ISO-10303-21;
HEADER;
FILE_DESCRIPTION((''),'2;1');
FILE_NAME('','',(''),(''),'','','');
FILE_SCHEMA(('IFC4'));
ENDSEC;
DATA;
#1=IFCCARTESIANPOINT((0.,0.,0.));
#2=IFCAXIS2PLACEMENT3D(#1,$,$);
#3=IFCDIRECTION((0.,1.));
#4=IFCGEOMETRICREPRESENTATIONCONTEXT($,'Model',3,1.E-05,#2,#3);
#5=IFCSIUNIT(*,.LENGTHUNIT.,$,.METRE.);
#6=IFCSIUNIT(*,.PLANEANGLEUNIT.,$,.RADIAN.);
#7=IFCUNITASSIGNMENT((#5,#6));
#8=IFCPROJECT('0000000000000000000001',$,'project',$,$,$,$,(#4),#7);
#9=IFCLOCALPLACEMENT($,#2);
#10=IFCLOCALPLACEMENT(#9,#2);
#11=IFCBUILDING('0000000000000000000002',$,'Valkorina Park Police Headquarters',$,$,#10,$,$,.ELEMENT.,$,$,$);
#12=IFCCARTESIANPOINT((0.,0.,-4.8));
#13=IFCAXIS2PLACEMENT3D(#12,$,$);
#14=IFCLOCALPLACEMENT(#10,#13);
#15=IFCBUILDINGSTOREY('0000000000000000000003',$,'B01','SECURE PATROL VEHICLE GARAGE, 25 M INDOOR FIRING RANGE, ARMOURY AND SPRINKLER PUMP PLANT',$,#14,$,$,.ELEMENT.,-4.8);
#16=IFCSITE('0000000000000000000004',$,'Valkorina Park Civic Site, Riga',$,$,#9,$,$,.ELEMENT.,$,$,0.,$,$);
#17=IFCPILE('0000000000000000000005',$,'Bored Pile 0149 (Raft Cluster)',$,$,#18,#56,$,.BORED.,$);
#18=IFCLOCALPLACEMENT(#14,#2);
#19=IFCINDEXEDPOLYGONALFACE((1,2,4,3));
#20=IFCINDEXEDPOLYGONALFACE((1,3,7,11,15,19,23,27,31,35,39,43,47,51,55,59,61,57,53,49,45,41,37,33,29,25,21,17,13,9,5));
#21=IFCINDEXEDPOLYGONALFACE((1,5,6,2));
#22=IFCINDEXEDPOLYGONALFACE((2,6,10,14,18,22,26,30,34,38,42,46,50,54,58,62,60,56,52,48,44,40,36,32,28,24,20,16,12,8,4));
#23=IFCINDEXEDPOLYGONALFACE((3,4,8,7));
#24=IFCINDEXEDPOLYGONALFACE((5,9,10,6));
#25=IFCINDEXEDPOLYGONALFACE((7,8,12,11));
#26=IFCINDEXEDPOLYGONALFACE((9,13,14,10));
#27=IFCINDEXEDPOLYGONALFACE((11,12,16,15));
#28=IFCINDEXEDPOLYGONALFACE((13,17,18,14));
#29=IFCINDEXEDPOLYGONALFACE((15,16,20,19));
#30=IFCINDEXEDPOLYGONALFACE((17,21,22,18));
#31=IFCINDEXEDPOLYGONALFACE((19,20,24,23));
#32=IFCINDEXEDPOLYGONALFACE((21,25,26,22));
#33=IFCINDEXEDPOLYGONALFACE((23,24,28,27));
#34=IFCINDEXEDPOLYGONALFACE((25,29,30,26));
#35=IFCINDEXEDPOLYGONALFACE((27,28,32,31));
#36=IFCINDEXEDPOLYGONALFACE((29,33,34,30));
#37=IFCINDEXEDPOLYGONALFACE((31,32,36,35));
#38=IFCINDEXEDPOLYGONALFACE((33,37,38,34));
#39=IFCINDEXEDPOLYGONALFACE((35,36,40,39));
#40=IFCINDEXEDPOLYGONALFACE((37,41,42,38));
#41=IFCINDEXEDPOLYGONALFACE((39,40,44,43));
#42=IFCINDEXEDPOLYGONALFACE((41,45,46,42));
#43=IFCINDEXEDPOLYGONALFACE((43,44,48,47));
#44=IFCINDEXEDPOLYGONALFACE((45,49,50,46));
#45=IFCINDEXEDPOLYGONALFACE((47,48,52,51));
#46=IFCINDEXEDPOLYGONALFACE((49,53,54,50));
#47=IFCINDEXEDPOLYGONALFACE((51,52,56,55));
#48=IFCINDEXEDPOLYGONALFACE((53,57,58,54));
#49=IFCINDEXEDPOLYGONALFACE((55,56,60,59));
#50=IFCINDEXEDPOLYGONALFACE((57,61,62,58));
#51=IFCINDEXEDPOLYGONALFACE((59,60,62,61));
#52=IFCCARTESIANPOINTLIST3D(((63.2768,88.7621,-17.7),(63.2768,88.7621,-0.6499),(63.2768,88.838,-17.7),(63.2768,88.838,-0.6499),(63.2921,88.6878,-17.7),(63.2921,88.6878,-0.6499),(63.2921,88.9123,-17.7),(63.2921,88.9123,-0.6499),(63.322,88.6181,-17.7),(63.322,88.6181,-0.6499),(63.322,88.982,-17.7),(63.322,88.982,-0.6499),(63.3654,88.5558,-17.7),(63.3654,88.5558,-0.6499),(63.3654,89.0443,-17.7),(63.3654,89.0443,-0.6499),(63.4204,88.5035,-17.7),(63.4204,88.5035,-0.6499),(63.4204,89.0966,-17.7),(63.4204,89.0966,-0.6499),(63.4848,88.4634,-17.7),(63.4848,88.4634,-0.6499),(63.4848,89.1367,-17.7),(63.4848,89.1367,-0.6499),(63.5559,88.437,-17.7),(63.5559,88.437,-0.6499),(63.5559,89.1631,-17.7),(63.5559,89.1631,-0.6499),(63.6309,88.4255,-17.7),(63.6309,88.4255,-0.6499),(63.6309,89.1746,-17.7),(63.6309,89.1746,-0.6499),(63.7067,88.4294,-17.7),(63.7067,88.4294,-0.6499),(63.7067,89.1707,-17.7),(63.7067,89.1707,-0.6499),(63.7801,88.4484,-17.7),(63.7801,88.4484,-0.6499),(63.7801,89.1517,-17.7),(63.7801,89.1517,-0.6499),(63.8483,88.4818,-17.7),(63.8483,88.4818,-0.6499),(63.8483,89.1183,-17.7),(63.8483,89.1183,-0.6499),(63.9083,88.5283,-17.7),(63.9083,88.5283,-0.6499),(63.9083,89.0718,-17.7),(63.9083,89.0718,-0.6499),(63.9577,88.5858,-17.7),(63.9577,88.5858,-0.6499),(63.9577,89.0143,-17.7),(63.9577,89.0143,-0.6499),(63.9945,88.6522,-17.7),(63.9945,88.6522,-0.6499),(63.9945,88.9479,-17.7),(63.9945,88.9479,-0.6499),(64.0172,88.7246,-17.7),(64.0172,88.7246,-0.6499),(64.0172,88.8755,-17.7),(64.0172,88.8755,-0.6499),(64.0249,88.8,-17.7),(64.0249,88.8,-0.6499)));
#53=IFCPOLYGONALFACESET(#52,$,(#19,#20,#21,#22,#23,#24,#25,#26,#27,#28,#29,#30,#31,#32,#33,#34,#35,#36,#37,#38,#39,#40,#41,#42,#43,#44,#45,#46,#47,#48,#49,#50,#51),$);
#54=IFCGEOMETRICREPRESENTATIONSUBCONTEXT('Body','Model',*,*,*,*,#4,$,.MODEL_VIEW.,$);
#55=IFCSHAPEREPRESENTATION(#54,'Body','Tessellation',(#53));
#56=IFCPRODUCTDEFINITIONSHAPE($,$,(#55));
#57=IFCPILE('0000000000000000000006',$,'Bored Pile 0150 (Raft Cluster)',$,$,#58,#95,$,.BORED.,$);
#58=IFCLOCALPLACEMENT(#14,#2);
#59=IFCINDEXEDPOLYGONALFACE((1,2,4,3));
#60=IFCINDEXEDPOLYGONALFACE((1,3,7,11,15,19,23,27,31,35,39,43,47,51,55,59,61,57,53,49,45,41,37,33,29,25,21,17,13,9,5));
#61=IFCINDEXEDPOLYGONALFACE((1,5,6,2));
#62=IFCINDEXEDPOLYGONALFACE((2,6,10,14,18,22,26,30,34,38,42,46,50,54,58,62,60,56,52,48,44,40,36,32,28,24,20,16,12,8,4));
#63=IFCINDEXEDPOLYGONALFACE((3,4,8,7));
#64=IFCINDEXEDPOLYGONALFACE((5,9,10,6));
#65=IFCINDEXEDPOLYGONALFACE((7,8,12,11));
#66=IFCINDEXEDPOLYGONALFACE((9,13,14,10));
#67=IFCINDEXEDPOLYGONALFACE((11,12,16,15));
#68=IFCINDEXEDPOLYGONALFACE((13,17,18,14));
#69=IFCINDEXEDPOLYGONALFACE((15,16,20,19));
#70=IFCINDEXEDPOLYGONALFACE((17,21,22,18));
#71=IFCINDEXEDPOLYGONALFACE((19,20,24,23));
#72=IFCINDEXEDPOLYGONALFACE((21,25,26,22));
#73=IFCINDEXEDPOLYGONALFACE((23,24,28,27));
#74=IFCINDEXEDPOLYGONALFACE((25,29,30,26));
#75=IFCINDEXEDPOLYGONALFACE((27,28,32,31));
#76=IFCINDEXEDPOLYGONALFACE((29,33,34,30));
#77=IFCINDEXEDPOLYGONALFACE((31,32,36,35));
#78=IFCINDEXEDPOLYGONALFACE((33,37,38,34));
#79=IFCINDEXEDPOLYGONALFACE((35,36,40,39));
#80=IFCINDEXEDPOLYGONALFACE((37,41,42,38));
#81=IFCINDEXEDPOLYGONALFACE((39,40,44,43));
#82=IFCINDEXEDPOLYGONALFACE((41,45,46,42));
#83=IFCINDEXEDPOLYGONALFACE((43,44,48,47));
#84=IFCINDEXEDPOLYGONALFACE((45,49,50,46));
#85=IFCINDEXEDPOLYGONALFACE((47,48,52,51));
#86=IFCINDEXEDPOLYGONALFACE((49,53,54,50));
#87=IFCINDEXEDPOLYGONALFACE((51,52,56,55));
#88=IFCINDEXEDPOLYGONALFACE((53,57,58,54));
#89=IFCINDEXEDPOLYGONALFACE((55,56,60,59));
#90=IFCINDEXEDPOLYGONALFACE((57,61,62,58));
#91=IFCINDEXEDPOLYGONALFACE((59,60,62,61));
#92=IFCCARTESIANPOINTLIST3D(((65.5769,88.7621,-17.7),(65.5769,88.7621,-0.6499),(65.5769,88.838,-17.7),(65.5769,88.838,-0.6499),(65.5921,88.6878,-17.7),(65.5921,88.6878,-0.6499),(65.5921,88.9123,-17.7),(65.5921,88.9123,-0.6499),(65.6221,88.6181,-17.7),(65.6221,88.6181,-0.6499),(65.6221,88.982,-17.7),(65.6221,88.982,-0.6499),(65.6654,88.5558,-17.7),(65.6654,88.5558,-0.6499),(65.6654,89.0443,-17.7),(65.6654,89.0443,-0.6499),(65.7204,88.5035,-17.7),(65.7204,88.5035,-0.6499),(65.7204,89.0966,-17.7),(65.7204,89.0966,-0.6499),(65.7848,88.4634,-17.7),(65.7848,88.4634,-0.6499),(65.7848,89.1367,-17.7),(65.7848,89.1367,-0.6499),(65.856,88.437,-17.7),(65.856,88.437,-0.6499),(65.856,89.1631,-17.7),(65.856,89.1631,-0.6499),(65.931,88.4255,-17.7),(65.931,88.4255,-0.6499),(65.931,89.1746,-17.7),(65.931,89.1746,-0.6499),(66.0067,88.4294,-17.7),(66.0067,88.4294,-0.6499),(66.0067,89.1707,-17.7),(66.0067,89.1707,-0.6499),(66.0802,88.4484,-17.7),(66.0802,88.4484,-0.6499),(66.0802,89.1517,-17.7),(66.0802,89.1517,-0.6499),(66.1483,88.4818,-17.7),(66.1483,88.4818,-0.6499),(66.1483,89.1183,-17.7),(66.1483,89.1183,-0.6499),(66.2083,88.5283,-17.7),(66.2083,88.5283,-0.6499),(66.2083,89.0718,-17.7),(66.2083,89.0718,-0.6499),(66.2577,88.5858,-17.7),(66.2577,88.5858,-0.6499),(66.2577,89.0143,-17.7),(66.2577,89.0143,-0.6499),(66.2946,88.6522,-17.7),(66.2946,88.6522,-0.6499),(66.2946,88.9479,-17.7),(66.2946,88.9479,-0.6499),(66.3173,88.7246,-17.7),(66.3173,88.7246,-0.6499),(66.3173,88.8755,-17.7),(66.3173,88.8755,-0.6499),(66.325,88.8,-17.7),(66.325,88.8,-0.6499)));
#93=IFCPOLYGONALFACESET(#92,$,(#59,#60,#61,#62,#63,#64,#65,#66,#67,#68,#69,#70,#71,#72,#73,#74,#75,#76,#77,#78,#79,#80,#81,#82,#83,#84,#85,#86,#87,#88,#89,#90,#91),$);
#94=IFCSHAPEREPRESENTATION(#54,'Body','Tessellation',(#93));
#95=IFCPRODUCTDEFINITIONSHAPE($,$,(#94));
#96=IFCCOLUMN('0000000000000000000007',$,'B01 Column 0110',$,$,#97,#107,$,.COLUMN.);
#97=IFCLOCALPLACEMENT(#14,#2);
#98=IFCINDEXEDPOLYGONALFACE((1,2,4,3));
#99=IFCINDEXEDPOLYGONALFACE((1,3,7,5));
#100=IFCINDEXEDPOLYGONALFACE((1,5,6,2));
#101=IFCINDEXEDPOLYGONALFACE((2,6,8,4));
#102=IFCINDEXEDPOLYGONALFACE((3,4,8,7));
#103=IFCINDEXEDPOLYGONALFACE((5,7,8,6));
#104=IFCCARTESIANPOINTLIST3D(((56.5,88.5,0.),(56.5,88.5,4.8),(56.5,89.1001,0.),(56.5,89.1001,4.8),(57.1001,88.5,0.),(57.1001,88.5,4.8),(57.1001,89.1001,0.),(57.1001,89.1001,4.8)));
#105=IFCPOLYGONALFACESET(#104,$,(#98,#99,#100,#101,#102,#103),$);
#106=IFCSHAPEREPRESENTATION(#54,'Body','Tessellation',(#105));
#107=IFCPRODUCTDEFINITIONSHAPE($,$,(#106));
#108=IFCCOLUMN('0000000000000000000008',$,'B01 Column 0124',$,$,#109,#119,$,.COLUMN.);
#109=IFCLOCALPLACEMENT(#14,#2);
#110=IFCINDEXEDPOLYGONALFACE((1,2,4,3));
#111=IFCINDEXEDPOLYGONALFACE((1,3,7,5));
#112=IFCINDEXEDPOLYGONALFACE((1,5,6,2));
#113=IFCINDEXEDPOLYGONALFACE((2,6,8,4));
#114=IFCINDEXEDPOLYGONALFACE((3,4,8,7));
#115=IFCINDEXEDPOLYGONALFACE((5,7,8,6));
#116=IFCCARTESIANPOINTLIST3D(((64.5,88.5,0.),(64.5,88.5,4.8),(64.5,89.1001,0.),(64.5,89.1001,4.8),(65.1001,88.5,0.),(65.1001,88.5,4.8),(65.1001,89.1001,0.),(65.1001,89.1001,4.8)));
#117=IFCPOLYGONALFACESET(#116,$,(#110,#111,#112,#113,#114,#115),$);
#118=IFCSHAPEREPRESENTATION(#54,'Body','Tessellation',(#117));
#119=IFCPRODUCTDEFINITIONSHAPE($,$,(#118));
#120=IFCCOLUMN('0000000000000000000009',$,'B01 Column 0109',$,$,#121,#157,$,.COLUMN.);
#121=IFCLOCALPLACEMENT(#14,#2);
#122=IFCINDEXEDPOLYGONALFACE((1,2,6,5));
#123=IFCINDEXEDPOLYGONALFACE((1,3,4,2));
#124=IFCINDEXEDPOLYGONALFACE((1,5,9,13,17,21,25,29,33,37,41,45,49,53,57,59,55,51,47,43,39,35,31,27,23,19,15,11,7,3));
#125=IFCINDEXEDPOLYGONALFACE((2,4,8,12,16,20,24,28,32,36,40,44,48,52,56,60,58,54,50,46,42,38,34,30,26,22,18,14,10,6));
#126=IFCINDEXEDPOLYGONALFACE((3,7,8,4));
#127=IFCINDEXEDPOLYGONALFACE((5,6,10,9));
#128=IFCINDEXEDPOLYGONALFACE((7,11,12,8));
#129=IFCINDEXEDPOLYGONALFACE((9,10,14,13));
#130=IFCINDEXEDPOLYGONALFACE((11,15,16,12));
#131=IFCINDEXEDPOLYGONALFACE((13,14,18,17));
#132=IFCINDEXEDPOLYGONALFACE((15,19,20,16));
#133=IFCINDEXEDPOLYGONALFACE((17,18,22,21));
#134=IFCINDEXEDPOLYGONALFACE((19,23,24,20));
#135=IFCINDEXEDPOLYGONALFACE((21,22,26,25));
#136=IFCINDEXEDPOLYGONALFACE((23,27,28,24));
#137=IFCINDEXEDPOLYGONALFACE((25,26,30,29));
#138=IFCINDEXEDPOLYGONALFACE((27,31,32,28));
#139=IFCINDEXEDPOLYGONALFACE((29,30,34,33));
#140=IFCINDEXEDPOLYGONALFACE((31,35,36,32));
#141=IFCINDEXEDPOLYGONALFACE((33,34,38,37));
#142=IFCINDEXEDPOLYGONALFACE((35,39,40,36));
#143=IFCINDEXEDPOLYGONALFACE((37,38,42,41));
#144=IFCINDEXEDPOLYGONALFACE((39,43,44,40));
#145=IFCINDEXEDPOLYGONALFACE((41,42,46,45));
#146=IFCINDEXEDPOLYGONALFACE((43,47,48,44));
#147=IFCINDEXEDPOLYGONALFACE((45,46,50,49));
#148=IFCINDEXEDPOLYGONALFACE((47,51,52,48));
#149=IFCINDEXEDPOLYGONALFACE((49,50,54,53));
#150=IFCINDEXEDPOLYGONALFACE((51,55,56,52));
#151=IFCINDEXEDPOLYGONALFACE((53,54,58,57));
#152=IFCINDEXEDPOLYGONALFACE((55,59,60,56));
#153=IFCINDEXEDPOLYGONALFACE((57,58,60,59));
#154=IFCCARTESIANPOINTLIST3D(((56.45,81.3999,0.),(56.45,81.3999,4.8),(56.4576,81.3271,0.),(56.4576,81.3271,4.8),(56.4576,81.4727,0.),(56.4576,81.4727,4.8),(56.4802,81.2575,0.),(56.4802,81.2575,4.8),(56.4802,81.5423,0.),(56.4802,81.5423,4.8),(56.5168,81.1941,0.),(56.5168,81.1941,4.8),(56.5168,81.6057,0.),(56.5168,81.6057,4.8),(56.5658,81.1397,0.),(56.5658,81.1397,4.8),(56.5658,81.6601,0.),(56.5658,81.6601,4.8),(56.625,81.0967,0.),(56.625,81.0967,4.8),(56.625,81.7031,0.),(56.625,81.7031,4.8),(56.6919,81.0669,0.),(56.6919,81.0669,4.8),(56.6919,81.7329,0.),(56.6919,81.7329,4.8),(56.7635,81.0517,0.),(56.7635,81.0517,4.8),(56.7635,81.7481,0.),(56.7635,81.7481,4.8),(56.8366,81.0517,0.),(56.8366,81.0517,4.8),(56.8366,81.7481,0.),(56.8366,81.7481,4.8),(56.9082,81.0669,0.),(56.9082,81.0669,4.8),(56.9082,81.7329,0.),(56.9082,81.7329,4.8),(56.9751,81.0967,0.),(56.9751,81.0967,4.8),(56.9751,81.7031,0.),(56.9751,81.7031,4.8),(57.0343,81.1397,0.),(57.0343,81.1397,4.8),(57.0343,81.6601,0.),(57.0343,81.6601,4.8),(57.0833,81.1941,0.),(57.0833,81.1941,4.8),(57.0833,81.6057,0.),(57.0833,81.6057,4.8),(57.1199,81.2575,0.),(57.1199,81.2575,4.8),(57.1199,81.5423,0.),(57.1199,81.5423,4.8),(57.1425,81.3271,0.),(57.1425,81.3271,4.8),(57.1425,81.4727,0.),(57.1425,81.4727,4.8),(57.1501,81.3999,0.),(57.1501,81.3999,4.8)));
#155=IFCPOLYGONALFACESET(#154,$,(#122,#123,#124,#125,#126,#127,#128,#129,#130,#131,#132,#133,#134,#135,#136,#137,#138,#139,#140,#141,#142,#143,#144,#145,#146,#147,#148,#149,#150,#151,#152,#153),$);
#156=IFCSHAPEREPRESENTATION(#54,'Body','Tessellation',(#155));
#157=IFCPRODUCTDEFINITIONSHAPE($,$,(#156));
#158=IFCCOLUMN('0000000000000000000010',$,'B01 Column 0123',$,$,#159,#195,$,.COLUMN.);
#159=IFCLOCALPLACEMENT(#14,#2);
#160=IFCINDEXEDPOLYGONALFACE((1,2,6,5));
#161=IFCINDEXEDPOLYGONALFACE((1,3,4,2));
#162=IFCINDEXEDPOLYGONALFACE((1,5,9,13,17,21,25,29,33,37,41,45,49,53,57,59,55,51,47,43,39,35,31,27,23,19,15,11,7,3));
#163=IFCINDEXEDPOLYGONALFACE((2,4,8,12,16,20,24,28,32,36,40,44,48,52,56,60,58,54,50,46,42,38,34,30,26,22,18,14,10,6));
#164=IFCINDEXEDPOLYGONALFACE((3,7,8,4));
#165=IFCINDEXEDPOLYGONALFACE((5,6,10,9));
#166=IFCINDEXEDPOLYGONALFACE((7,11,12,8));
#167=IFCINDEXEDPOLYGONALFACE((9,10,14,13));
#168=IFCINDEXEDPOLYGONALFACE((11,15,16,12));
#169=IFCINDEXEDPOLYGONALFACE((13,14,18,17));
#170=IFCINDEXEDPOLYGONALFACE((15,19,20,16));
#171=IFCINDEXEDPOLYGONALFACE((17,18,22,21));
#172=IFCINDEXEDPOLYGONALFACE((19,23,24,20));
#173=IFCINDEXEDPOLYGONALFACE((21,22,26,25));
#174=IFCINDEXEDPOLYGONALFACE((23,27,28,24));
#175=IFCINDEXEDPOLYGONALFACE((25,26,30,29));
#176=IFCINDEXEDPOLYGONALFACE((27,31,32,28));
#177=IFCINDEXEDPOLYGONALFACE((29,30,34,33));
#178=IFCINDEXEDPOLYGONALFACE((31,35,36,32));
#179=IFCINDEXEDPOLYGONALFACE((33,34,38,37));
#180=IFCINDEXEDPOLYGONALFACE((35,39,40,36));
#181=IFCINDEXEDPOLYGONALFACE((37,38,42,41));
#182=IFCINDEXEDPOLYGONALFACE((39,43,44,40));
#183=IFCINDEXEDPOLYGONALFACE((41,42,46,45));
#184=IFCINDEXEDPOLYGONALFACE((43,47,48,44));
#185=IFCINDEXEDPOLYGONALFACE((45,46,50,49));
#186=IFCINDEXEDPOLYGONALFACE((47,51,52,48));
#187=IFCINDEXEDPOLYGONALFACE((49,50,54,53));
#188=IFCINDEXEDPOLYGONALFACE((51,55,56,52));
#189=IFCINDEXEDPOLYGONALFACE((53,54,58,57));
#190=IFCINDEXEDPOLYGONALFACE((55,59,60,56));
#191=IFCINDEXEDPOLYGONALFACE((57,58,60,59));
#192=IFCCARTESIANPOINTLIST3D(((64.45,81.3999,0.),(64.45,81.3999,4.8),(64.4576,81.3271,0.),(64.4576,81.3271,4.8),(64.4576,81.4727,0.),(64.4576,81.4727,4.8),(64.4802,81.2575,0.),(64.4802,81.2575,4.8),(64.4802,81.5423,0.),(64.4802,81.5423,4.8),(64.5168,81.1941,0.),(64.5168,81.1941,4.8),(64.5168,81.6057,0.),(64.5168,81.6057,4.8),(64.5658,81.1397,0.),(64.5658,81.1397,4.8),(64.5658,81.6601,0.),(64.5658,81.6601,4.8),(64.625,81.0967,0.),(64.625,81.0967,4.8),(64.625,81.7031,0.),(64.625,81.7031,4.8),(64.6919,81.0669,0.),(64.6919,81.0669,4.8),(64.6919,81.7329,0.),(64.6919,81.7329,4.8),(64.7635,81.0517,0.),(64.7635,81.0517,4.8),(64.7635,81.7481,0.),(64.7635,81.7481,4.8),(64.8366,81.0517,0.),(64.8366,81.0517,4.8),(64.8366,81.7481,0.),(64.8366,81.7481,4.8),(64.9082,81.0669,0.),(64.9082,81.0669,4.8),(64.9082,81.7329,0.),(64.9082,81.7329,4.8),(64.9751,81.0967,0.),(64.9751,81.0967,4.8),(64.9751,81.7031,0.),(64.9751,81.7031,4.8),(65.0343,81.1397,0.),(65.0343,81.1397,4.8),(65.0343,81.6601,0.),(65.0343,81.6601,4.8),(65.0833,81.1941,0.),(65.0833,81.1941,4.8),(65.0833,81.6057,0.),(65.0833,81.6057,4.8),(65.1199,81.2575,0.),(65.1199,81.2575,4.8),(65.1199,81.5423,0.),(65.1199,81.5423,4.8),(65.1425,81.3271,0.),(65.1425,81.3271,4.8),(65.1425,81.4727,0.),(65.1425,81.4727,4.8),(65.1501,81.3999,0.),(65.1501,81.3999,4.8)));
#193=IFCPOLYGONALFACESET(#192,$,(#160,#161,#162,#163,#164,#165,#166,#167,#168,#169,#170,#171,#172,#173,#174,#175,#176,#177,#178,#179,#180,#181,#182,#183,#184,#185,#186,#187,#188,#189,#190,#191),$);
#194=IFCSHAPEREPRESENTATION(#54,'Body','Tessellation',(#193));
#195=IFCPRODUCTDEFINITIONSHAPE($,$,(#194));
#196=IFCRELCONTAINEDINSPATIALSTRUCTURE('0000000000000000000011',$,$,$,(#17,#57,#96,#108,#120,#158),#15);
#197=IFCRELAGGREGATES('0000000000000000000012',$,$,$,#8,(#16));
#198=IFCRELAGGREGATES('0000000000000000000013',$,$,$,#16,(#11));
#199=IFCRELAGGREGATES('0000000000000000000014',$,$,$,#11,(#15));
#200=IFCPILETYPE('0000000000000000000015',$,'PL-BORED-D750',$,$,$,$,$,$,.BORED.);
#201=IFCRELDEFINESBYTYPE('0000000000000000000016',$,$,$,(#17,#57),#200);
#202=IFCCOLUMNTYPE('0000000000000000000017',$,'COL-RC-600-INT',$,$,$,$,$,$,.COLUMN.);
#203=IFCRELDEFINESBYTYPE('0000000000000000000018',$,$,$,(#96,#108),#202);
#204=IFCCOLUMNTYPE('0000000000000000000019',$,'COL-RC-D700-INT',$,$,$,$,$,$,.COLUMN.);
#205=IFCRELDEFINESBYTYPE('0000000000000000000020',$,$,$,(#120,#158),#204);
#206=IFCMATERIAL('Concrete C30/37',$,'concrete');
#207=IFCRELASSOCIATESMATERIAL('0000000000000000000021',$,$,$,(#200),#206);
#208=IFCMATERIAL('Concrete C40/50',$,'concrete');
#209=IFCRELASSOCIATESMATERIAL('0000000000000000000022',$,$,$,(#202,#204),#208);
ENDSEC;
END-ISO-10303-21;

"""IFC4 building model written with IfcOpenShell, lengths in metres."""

from ifc_helpers import new_model, si_unit, direction, frame, origin, origin_2d, place, context, subcontext, project, spatial, rectangle, circle, extrude, material, material_profile, profile_set, type_object, element, save


model = new_model("IFC4")

# Units and contexts
model_context = context("Model", 3, precision=1e-05, world=origin(), true_north=direction((0.0, 1.0)))
body_context = subcontext(model_context, "Body", "Model", "MODEL_VIEW")
ifc_project = project(units=[si_unit("LENGTHUNIT", "METRE"), si_unit("PLANEANGLEUNIT", "RADIAN")], contexts=[model_context])

# Site, building, storey
site_placement = place(None, origin())
site = spatial("IfcSite", under=ifc_project, at=site_placement, Name="Valkorina Park Civic Site, Riga", CompositionType="ELEMENT", RefElevation=0.0)
building_placement = place(site_placement, origin())
building = spatial("IfcBuilding", under=site, at=building_placement, Name="Valkorina Park Police Headquarters", CompositionType="ELEMENT")
storey_placement = place(building_placement, frame((0.0, 0.0, -4.8)))
storey = spatial("IfcBuildingStorey", under=building, at=storey_placement, Name="B01", Description="SECURE PATROL VEHICLE GARAGE, 25 M INDOOR FIRING RANGE, ARMOURY AND SPRINKLER PUMP PLANT", CompositionType="ELEMENT", Elevation=-4.8)

# Piles
ifc_material_1 = material(Name="Concrete C30/37", Category="concrete")
ifc_material_profile_1 = material_profile(ifc_material_1, circle(Radius=0.375, at=origin_2d()), Name="BORED PILE D750")
ifc_profile_set_1 = profile_set([ifc_material_profile_1], Name="Concrete C30/37")
pile_type = type_object("IfcPileType", Name="PL-BORED-D750", PredefinedType="BORED", material=ifc_profile_set_1)
for number, where, z_axis, x_axis, name in (
    (1, (63.6499, 88.8, -0.6499), (0.0, 0.0, -1.0), (1.0, 0.0, 0.0), "Bored Pile 0149 (Raft Cluster)"),
    (2, (65.95, 88.8, -0.6499), (0.0, 0.0, -1.0), (1.0, 0.0, 0.0), "Bored Pile 0150 (Raft Cluster)"),
):
    element("IfcPile", number, at=place(storey_placement, frame(where, z_axis=z_axis, x_axis=x_axis)), inside=storey, type_object=pile_type, Name=name, PredefinedType="BORED", context=body_context, shape_type="SweptSolid", body=[
        extrude(circle(Radius=0.375, at=origin_2d()), origin(), (0.0, 0.0, 1.0), 17.05),
    ])

# Columns
ifc_material_2 = material(Name="Concrete C40/50", Category="concrete")
ifc_material_profile_2 = material_profile(ifc_material_2, rectangle(XDim=0.6001, YDim=0.6001, at=origin_2d()), Name="RC COL 600x600")
ifc_profile_set_2 = profile_set([ifc_material_profile_2], Name="Concrete C40/50")
column_type_1 = type_object("IfcColumnType", Name="COL-RC-600-INT", PredefinedType="COLUMN", material=ifc_profile_set_2)
for number, where, z_axis, x_axis, name in (
    (3, (56.8, 88.8, 0.0), (0.0, 0.0, 1.0), (1.0, 0.0, 0.0), "B01 Column 0110"),
    (4, (64.8, 88.8, 0.0), (0.0, 0.0, 1.0), (1.0, 0.0, 0.0), "B01 Column 0124"),
):
    element("IfcColumn", number, at=place(storey_placement, frame(where, z_axis=z_axis, x_axis=x_axis)), inside=storey, type_object=column_type_1, Name=name, PredefinedType="COLUMN", context=body_context, shape_type="SweptSolid", body=[
        extrude(rectangle(XDim=0.6001, YDim=0.6001, at=origin_2d()), origin(), (0.0, 0.0, 1.0), 4.8),
    ])
ifc_material_profile_3 = material_profile(ifc_material_2, circle(Radius=0.3501, at=origin_2d()), Name="RC COL D700")
ifc_profile_set_3 = profile_set([ifc_material_profile_3], Name="Concrete C40/50")
column_type_2 = type_object("IfcColumnType", Name="COL-RC-D700-INT", PredefinedType="COLUMN", material=ifc_profile_set_3)
for number, where, z_axis, x_axis, name in (
    (5, (56.8, 81.3999, 0.0), (0.0, 0.0, 1.0), (1.0, 0.0, 0.0), "B01 Column 0109"),
    (6, (64.8, 81.3999, 0.0), (0.0, 0.0, 1.0), (1.0, 0.0, 0.0), "B01 Column 0123"),
):
    element("IfcColumn", number, at=place(storey_placement, frame(where, z_axis=z_axis, x_axis=x_axis)), inside=storey, type_object=column_type_2, Name=name, PredefinedType="COLUMN", context=body_context, shape_type="SweptSolid", body=[
        extrude(circle(Radius=0.3501, at=origin_2d()), origin(), (0.0, 0.0, 1.0), 4.8),
    ])

save(model, "model.ifc")
